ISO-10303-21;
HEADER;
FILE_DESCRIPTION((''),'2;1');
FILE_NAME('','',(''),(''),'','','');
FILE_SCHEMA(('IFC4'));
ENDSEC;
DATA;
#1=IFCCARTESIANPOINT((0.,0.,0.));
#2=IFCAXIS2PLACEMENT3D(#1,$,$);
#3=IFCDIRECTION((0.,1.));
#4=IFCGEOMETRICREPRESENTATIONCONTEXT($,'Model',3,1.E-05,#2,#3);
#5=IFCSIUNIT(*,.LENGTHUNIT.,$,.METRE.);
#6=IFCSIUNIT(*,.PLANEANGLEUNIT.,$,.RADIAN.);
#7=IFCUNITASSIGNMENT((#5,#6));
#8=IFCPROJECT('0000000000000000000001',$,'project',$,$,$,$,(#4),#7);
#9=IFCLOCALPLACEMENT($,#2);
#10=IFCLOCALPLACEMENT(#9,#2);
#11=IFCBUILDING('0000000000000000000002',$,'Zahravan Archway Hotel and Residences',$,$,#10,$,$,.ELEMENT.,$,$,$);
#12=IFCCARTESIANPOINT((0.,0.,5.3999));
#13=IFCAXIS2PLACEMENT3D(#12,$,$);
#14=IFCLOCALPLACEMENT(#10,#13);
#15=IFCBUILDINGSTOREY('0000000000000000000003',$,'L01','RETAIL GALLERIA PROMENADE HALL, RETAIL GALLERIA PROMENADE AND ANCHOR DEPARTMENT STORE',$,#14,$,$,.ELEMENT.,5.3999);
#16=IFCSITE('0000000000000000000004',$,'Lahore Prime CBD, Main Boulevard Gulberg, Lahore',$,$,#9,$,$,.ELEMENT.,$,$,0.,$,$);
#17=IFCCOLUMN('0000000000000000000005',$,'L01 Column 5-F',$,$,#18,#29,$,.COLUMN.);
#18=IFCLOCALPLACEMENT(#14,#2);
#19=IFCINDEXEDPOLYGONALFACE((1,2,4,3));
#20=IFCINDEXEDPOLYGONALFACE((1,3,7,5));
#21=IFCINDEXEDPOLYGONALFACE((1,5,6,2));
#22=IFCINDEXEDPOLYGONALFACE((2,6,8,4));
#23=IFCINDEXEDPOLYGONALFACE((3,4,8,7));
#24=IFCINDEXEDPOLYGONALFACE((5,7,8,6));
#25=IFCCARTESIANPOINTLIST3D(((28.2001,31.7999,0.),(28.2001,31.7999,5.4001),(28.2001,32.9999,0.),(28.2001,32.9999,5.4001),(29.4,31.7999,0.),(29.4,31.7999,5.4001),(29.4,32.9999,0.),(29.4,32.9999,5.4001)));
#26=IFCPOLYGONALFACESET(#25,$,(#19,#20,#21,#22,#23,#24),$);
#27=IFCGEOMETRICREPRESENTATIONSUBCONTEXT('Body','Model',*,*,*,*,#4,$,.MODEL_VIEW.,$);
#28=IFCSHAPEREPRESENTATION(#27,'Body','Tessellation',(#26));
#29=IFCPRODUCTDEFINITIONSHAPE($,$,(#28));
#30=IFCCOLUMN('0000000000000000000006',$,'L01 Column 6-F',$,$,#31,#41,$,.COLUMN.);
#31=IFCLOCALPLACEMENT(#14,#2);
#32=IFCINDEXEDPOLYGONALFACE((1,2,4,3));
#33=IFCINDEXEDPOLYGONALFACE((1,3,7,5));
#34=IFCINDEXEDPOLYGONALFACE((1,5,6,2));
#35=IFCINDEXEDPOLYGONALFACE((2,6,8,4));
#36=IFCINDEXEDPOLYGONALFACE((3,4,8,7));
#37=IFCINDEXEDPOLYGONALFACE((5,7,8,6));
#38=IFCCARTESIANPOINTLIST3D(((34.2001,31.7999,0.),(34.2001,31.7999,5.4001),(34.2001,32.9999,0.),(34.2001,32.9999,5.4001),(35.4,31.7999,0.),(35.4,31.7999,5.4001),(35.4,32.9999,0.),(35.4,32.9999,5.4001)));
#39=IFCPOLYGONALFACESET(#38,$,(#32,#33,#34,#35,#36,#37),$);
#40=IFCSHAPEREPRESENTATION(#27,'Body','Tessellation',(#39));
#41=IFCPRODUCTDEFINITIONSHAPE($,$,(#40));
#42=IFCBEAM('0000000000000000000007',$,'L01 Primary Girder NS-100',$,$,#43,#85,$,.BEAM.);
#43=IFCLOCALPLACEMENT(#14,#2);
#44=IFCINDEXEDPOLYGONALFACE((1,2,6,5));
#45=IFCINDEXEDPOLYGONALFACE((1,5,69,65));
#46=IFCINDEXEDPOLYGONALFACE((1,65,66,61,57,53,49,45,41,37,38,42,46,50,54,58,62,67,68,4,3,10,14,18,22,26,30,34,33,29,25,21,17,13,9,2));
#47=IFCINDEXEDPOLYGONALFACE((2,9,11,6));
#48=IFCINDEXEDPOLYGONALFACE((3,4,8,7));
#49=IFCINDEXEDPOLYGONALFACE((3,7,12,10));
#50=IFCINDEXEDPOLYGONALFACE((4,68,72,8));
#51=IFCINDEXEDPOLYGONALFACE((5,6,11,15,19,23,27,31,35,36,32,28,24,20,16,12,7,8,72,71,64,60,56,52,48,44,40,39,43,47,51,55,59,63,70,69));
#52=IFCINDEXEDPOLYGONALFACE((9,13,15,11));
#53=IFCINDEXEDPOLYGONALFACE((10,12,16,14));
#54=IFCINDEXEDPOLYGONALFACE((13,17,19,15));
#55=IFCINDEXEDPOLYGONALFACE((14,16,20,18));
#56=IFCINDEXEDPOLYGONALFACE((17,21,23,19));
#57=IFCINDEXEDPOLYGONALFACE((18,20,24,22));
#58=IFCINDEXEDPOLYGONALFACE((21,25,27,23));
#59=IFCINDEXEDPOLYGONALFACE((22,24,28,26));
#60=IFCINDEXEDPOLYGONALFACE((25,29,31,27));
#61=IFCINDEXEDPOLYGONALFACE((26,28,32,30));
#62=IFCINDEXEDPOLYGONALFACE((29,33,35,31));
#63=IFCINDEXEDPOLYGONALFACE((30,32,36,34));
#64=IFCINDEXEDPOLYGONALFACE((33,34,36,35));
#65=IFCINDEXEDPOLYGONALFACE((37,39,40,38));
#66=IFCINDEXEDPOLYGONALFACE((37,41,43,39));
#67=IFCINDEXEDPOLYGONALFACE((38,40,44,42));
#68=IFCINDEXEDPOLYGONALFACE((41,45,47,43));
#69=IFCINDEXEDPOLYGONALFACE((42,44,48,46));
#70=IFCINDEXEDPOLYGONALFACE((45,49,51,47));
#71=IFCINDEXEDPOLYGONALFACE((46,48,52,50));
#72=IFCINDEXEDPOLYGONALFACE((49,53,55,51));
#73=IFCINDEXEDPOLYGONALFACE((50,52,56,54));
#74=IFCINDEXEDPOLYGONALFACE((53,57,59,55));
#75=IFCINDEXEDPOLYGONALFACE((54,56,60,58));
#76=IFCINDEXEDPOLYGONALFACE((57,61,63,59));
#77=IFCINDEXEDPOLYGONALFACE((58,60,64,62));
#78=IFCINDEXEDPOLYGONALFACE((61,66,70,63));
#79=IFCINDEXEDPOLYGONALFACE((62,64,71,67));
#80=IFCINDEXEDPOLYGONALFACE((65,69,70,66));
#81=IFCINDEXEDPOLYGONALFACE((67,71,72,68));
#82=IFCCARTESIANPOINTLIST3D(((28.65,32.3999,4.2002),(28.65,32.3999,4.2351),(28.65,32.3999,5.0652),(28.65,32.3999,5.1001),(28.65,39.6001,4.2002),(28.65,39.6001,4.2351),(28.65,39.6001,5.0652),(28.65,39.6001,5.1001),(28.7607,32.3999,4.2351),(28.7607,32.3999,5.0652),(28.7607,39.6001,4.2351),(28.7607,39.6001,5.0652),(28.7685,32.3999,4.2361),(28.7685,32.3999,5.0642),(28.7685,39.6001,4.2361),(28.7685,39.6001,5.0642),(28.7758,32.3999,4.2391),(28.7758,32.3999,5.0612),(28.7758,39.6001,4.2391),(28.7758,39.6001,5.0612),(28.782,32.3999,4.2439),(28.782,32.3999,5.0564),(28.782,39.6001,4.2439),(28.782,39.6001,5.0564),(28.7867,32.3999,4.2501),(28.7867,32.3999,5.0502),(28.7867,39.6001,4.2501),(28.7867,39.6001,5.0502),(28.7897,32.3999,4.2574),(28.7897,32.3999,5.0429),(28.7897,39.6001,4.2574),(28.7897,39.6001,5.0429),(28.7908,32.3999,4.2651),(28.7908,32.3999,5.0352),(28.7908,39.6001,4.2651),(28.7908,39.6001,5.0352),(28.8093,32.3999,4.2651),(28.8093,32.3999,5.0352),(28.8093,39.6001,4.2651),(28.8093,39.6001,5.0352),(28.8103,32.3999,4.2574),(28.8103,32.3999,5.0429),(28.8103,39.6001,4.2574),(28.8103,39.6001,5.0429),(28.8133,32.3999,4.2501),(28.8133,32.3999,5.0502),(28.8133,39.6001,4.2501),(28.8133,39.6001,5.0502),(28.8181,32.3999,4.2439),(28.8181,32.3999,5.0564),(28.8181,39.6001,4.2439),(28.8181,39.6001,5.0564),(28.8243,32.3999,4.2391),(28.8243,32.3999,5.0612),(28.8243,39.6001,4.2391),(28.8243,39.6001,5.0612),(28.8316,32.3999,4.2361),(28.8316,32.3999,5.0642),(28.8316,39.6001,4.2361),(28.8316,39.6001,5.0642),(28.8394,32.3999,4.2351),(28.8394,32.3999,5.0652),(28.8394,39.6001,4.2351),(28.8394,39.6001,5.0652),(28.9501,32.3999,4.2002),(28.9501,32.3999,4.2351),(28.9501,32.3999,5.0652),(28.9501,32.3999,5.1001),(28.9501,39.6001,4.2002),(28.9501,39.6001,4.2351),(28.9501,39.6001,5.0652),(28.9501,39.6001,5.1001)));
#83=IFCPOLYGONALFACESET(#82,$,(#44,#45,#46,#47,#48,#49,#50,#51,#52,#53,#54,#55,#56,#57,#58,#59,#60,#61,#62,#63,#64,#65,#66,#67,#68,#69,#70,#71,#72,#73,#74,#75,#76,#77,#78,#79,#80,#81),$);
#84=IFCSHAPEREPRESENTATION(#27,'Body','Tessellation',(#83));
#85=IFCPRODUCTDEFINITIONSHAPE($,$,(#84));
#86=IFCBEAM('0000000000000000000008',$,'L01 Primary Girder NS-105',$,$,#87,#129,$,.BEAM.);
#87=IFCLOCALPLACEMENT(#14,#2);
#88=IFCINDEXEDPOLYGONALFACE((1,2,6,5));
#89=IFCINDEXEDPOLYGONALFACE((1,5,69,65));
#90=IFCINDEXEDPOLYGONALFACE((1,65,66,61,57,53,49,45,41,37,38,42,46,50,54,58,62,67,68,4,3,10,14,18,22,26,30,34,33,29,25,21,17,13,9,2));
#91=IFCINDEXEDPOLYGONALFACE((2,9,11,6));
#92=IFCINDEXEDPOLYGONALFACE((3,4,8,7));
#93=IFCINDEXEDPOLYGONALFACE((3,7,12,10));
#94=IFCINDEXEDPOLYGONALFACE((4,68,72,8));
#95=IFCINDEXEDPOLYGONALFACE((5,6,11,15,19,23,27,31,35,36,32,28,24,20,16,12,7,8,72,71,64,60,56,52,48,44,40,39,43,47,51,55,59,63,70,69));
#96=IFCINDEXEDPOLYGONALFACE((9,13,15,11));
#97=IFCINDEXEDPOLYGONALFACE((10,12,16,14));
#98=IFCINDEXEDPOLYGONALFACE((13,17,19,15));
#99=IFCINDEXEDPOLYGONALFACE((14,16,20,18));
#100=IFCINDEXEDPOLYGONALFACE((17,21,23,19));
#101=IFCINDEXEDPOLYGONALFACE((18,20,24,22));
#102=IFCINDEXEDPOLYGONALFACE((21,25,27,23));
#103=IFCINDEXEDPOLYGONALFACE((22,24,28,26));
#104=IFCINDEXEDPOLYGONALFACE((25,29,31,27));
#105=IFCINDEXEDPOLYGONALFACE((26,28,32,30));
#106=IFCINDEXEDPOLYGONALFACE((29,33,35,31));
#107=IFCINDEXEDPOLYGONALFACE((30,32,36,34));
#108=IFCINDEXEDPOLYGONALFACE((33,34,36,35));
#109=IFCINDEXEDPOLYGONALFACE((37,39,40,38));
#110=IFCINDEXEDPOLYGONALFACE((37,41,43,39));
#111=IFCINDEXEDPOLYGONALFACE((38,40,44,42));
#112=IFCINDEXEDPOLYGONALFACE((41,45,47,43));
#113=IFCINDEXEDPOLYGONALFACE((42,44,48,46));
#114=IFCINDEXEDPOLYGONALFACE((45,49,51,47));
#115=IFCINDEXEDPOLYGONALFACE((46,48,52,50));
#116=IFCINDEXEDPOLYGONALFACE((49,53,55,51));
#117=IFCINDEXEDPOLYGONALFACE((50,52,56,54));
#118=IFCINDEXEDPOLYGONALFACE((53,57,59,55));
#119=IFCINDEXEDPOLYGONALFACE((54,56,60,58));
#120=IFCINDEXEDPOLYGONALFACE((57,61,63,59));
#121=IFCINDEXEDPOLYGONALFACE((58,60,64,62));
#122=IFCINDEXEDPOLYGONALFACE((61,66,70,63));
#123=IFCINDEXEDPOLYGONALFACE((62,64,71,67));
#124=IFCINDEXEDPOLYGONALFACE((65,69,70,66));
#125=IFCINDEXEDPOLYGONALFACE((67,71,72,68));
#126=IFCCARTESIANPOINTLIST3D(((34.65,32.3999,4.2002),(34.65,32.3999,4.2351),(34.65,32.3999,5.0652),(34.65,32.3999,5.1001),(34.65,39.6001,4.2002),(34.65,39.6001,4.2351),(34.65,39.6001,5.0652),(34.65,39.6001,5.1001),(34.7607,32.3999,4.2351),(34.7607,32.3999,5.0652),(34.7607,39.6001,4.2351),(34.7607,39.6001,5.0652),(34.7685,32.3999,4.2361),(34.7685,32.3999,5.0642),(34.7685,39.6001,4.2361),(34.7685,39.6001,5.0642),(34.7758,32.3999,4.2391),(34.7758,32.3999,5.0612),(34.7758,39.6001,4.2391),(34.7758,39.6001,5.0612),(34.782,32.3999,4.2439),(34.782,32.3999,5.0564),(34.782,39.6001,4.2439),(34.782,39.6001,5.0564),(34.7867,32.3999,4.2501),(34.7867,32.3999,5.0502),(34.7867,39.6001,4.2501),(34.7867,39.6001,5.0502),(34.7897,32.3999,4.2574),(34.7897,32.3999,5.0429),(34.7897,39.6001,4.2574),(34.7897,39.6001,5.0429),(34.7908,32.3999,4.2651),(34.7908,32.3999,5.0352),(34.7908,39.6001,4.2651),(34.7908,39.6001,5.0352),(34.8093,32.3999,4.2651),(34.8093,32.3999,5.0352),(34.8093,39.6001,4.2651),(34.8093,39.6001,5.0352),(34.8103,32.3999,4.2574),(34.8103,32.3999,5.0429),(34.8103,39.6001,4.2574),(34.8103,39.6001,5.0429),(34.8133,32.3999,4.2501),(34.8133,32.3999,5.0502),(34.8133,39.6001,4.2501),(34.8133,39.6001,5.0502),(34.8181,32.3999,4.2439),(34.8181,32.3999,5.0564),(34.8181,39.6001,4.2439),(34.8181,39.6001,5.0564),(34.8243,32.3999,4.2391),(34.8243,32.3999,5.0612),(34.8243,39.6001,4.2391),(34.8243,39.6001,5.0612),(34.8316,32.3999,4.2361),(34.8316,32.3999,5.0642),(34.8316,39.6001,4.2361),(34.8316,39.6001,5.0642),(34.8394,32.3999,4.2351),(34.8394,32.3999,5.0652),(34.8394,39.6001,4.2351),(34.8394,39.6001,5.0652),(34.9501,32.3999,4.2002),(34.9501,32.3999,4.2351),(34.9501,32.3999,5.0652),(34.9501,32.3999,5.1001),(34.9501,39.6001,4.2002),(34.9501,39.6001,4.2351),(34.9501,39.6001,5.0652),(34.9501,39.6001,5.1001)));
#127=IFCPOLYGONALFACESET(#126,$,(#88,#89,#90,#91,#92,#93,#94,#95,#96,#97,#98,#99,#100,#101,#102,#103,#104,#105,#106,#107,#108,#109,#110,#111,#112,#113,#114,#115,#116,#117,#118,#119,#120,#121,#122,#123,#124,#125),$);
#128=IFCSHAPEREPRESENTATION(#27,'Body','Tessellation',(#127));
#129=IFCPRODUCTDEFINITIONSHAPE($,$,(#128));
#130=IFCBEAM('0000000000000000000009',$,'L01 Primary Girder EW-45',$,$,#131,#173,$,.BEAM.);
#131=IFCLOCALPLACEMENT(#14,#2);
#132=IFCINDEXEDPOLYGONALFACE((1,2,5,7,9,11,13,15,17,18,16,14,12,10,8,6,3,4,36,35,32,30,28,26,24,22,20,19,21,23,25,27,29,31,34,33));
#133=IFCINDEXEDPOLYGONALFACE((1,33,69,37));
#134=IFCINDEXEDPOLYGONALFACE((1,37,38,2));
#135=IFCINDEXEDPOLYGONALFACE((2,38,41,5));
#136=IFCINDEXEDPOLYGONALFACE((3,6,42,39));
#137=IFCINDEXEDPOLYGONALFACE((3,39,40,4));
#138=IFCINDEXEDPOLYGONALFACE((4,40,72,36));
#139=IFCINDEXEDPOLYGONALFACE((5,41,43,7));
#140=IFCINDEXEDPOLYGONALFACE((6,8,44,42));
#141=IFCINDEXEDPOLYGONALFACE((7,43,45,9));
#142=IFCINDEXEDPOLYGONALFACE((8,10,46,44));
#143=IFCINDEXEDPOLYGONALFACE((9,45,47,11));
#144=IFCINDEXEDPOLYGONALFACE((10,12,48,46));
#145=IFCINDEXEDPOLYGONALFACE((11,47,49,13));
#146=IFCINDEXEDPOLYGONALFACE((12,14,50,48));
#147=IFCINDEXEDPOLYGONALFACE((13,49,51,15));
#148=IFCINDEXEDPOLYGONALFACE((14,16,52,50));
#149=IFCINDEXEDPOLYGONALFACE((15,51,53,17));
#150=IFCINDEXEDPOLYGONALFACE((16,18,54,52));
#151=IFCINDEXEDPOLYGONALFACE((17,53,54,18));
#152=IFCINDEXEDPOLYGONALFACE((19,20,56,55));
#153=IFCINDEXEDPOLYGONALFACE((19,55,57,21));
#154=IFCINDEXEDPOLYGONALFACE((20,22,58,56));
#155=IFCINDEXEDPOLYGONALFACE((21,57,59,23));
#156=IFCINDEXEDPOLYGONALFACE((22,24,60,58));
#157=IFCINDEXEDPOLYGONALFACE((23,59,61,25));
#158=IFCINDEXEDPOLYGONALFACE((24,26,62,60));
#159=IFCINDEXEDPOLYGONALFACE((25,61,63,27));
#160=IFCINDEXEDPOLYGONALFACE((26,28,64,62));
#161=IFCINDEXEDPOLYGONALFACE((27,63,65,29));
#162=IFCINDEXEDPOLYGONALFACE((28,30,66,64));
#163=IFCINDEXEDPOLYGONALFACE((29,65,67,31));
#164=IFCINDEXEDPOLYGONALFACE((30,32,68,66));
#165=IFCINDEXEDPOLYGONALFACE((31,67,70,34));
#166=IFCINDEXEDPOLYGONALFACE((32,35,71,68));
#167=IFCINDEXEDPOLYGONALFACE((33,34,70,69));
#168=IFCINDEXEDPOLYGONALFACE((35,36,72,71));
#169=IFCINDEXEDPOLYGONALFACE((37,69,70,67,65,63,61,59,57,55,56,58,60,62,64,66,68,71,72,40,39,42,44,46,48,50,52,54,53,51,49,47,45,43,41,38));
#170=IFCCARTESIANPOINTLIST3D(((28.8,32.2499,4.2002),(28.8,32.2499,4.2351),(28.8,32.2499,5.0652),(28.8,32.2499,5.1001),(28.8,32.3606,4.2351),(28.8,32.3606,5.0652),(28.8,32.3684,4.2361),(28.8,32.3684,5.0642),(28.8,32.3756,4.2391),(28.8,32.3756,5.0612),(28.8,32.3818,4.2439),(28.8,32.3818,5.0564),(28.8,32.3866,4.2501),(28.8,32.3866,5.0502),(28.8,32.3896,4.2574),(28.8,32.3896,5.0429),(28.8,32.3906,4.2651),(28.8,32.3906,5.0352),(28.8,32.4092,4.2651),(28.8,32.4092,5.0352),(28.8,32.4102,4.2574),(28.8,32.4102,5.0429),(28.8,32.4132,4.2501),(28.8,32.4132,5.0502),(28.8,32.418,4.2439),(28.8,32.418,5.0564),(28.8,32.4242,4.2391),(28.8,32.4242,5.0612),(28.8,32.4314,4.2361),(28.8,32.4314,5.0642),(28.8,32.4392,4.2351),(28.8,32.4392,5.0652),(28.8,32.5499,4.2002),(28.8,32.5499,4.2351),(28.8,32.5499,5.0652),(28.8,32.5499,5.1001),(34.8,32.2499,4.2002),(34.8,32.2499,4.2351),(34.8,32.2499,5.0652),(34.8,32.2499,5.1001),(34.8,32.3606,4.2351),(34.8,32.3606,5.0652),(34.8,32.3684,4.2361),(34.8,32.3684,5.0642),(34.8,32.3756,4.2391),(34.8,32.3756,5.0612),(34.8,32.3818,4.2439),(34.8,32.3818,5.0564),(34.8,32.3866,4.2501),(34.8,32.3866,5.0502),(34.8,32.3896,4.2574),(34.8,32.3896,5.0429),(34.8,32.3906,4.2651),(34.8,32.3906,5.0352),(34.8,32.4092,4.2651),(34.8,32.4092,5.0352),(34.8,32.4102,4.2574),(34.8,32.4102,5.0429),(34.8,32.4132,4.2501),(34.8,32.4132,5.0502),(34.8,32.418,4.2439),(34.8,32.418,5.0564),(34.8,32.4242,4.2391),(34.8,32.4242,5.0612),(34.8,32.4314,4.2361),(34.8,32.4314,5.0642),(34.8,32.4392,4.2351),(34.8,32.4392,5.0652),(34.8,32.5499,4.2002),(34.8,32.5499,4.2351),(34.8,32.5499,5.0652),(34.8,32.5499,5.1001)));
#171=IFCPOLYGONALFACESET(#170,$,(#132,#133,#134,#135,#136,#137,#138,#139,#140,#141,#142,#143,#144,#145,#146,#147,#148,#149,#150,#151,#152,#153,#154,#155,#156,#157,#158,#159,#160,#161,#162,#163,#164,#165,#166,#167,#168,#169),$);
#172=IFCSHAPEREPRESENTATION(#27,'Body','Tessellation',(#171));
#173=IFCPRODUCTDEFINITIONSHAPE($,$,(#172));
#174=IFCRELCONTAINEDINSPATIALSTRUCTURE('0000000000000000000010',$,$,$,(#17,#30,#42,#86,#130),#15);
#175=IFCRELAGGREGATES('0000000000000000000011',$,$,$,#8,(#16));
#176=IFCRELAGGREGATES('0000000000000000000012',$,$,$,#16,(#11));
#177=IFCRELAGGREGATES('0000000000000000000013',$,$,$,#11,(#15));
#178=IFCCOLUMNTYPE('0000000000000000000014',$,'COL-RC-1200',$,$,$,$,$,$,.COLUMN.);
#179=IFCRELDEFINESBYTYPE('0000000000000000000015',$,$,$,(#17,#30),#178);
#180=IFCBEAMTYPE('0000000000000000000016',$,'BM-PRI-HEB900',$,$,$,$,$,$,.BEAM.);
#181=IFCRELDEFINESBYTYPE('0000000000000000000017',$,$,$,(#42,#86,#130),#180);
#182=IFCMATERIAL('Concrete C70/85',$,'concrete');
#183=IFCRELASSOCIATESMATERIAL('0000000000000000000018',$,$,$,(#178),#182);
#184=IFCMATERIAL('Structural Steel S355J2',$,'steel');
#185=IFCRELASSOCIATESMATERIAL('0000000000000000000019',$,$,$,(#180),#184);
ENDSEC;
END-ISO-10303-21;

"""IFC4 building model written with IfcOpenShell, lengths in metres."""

from ifc_helpers import new_model, si_unit, direction, frame, origin, origin_2d, place, context, subcontext, project, spatial, rectangle, i_section, extrude, source, transform, mapped, material, material_profile, profile_set, type_object, element, save


model = new_model("IFC4")

# Units and contexts
model_context = context("Model", 3, precision=1e-05, world=origin(), true_north=direction((0.0, 1.0)))
body_context = subcontext(model_context, "Body", "Model", "MODEL_VIEW")
ifc_project = project(units=[si_unit("LENGTHUNIT", "METRE"), si_unit("PLANEANGLEUNIT", "RADIAN")], contexts=[model_context])

# Site, building, storey
site_placement = place(None, origin())
site = spatial("IfcSite", under=ifc_project, at=site_placement, Name="Lahore Prime CBD, Main Boulevard Gulberg, Lahore", CompositionType="ELEMENT", RefElevation=0.0)
building_placement = place(site_placement, origin())
building = spatial("IfcBuilding", under=site, at=building_placement, Name="Zahravan Archway Hotel and Residences", CompositionType="ELEMENT")
storey_placement = place(building_placement, frame((0.0, 0.0, 5.3999)))
storey = spatial("IfcBuildingStorey", under=building, at=storey_placement, Name="L01", Description="RETAIL GALLERIA PROMENADE HALL, RETAIL GALLERIA PROMENADE AND ANCHOR DEPARTMENT STORE", CompositionType="ELEMENT", Elevation=5.3999)

# Columns
ifc_material_1 = material(Name="Concrete C70/85", Category="concrete")
ifc_material_profile_1 = material_profile(ifc_material_1, rectangle(XDim=1.2, YDim=1.2, at=origin_2d()), Name="RC-COL-1200x1200", Category="concrete")
ifc_profile_set_1 = profile_set([ifc_material_profile_1], Name="Concrete C70/85")
column_type = type_object("IfcColumnType", Name="COL-RC-1200", PredefinedType="COLUMN", material=ifc_profile_set_1)
shared_shape_1 = source(origin(), body_context, "Body", "SweptSolid", [
    extrude(rectangle(XDim=1.2, YDim=1.2, at=origin_2d()), origin(), (0.0, 0.0, 1.0), 5.4001),
])
for number, where, z_axis, x_axis, name in (
    (1, (28.8, 32.3999, 0.0), (0.0, 0.0, 1.0), (1.0, 0.0, 0.0), "L01 Column 5-F"),
    (2, (34.8, 32.3999, 0.0), (0.0, 0.0, 1.0), (1.0, 0.0, 0.0), "L01 Column 6-F"),
):
    element("IfcColumn", number, at=place(storey_placement, frame(where, z_axis=z_axis, x_axis=x_axis)), inside=storey, type_object=column_type, Name=name, PredefinedType="COLUMN", context=body_context, shape_type="MappedRepresentation", body=[
        mapped(shared_shape_1, transform((0.0, 0.0, 0.0), scale=1.0)),
    ])

# Beams
ifc_material_2 = material(Name="Structural Steel S355J2", Category="steel")
ifc_material_profile_2 = material_profile(ifc_material_2, i_section(OverallWidth=0.3, OverallDepth=0.8999, WebThickness=0.0186, FlangeThickness=0.0349, FilletRadius=0.03, at=origin_2d()), Name="HEB 900", Category="steel")
ifc_profile_set_2 = profile_set([ifc_material_profile_2], Name="Structural Steel S355J2")
beam_type_1 = type_object("IfcBeamType", Name="BM-PRI-HEB900", PredefinedType="BEAM", material=ifc_profile_set_2)
shared_shape_2 = source(origin(), body_context, "Body", "SweptSolid", [
    extrude(i_section(OverallWidth=0.3, OverallDepth=0.8999, WebThickness=0.0186, FlangeThickness=0.0349, FilletRadius=0.03, at=origin_2d()), origin(), (0.0, 0.0, 1.0), 7.2002),
])
for number, where, z_axis, x_axis, name in (
    (3, (28.8, 32.3999, 4.6501), (0.0, 1.0, 0.0), (-1.0, 0.0, 0.0), "L01 Primary Girder NS-100"),
    (4, (34.8, 32.3999, 4.6501), (0.0, 1.0, 0.0), (-1.0, 0.0, 0.0), "L01 Primary Girder NS-105"),
):
    element("IfcBeam", number, at=place(storey_placement, frame(where, z_axis=z_axis, x_axis=x_axis)), inside=storey, type_object=beam_type_1, Name=name, PredefinedType="BEAM", context=body_context, shape_type="MappedRepresentation", body=[
        mapped(shared_shape_2, transform((0.0, 0.0, 0.0), scale=1.0)),
    ])
shared_shape_3 = source(origin(), body_context, "Body", "SweptSolid", [
    extrude(i_section(OverallWidth=0.3, OverallDepth=0.8999, WebThickness=0.0186, FlangeThickness=0.0349, FilletRadius=0.03, at=origin_2d()), origin(), (0.0, 0.0, 1.0), 6.0),
])
beam_1_placement = place(storey_placement, frame((28.8, 32.3999, 4.6501), z_axis=(1.0, 0.0, 0.0), x_axis=(0.0, 1.0, 0.0)))
element("IfcBeam", 5, at=beam_1_placement, inside=storey, type_object=beam_type_1, Name="L01 Primary Girder EW-45", PredefinedType="BEAM", context=body_context, shape_type="MappedRepresentation", body=[
    mapped(shared_shape_3, transform((0.0, 0.0, 0.0), scale=1.0)),
])

save(model, "model.ifc")
